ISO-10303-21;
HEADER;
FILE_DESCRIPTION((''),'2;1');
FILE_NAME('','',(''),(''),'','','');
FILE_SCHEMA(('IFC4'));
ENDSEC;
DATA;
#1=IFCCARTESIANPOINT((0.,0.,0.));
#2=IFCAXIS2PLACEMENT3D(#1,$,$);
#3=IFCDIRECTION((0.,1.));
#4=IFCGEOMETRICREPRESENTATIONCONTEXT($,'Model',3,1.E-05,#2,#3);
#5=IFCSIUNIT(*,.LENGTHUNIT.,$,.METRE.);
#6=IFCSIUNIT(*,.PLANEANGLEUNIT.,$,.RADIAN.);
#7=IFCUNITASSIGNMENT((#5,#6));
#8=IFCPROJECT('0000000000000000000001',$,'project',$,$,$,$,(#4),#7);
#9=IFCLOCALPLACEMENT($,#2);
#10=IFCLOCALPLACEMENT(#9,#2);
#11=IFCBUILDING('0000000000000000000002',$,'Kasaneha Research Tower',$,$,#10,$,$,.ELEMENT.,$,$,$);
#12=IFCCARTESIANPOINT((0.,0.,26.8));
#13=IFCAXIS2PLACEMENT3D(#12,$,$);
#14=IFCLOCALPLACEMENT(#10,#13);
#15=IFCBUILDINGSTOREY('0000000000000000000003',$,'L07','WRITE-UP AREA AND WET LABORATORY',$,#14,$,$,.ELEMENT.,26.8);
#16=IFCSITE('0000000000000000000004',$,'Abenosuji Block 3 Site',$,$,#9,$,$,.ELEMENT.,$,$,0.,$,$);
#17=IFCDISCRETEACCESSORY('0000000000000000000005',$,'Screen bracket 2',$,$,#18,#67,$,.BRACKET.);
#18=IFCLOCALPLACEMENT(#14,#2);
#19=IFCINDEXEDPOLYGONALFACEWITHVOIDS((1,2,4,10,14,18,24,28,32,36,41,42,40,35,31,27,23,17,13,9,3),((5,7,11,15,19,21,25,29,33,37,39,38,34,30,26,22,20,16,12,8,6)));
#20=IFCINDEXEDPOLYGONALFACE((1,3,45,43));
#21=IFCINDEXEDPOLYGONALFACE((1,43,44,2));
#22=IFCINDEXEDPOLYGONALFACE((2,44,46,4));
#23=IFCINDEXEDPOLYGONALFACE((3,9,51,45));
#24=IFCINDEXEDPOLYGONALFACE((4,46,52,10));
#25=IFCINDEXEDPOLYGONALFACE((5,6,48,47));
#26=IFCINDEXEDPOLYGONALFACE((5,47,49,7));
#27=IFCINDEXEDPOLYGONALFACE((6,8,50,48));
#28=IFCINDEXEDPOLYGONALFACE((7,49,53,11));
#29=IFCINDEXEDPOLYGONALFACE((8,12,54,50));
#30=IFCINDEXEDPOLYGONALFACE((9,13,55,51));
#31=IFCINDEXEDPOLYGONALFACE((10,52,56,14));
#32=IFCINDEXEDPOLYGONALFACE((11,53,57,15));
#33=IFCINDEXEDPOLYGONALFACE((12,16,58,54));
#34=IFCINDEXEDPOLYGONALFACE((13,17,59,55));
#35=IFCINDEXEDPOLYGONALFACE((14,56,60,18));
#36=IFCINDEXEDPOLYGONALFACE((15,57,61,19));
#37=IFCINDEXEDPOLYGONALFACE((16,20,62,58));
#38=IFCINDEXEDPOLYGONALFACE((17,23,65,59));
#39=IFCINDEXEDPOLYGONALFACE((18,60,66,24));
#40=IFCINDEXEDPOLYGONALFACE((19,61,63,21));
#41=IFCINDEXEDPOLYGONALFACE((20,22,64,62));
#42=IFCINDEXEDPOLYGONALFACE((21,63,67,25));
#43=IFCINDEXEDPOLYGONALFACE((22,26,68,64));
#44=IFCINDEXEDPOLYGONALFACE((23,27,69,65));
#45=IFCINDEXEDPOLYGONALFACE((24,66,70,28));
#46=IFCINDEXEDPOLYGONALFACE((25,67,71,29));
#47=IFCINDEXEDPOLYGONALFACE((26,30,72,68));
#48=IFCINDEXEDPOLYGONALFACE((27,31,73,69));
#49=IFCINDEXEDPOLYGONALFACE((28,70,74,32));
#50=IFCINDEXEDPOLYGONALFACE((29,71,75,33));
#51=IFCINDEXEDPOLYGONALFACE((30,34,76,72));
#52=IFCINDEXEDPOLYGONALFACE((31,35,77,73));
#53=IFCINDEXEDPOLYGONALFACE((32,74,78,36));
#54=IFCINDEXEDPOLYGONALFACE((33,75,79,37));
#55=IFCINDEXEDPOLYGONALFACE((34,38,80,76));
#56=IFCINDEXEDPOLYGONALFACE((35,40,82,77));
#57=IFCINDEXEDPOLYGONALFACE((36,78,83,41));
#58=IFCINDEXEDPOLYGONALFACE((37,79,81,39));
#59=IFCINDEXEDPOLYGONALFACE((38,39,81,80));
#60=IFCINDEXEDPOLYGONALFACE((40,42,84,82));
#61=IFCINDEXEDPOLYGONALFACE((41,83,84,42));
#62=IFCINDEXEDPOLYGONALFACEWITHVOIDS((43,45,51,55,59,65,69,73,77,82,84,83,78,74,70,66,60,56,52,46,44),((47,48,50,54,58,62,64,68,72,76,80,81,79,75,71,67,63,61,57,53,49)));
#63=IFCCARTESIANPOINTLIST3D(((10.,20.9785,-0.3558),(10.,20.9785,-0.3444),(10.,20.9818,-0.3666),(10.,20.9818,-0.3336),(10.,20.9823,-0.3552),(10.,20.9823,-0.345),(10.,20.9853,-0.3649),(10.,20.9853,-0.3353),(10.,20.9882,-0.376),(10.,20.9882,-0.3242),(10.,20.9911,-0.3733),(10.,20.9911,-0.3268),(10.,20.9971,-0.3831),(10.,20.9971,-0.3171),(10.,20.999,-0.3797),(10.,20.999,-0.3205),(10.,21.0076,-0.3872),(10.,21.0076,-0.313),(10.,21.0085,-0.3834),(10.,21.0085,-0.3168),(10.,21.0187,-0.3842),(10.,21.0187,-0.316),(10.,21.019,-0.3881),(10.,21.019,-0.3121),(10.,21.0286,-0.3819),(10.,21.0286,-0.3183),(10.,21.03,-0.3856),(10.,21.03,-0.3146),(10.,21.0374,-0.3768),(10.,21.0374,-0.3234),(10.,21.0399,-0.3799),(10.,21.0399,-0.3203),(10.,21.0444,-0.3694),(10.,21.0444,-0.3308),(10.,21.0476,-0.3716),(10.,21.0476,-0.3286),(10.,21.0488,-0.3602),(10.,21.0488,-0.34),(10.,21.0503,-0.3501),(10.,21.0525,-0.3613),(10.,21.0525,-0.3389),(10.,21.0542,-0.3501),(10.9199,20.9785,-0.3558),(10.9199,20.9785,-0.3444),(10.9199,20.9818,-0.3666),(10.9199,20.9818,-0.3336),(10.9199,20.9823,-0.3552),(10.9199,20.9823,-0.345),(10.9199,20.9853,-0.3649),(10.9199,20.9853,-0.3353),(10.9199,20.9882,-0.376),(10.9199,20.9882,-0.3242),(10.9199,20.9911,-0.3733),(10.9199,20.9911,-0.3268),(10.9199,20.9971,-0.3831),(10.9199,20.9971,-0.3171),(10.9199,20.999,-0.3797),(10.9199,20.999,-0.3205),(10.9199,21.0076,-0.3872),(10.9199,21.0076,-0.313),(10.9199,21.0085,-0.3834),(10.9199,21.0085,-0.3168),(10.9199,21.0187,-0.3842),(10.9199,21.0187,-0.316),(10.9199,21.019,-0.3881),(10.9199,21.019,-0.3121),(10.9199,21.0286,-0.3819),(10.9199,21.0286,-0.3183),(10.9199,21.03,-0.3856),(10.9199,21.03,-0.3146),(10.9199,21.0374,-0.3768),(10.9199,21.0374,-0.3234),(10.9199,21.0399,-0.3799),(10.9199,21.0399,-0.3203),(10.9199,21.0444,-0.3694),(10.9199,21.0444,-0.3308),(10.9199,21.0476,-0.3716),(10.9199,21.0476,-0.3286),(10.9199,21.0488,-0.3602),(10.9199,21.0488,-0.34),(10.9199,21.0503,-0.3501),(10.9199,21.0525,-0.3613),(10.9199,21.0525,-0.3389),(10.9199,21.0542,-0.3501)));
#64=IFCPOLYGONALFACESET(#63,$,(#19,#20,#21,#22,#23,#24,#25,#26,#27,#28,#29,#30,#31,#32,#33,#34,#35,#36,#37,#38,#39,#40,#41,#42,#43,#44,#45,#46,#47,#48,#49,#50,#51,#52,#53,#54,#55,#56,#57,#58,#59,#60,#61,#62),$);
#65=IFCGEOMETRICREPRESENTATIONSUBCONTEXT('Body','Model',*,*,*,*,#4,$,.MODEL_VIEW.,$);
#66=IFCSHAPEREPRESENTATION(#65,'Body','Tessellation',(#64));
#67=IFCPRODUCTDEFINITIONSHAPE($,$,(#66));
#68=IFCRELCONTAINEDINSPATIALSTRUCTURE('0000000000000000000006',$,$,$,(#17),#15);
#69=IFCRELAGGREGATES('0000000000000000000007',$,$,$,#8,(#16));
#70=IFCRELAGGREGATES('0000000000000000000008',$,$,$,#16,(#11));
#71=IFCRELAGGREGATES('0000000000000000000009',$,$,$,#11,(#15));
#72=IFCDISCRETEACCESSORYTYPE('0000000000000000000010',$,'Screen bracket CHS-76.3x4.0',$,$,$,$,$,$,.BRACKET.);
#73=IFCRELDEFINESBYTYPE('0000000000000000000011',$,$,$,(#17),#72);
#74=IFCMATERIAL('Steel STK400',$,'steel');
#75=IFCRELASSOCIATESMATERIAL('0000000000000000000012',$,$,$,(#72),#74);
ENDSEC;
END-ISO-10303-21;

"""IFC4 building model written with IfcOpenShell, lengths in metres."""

from ifc_helpers import new_model, si_unit, direction, frame, origin, origin_2d, place, context, subcontext, project, spatial, hollow_circle, extrude, material, material_profile, profile_set, type_object, element, save


model = new_model("IFC4")

# Units and contexts
model_context = context("Model", 3, precision=1e-05, world=origin(), true_north=direction((0.0, 1.0)))
body_context = subcontext(model_context, "Body", "Model", "MODEL_VIEW")
ifc_project = project(units=[si_unit("LENGTHUNIT", "METRE"), si_unit("PLANEANGLEUNIT", "RADIAN")], contexts=[model_context])

# Site, building, storey
site_placement = place(None, origin())
site = spatial("IfcSite", under=ifc_project, at=site_placement, Name="Abenosuji Block 3 Site", CompositionType="ELEMENT", RefElevation=0.0)
building_placement = place(site_placement, origin())
building = spatial("IfcBuilding", under=site, at=building_placement, Name="Kasaneha Research Tower", CompositionType="ELEMENT")
storey_placement = place(building_placement, frame((0.0, 0.0, 26.8)))
storey = spatial("IfcBuildingStorey", under=building, at=storey_placement, Name="L07", Description="WRITE-UP AREA AND WET LABORATORY", CompositionType="ELEMENT", Elevation=26.8)

# Discrete accessory
ifc_material_1 = material(Name="Steel STK400", Category="steel")
ifc_material_profile_1 = material_profile(ifc_material_1, hollow_circle(Radius=0.0381, WallThickness=0.0039, at=origin_2d()), Name="CHS-76.3x4.0")
ifc_profile_set_1 = profile_set([ifc_material_profile_1], Name="Steel STK400")
discrete_accessory_type = type_object("IfcDiscreteAccessoryType", Name="Screen bracket CHS-76.3x4.0", PredefinedType="BRACKET", material=ifc_profile_set_1)
discrete_accessory_1_placement = place(storey_placement, frame((10.0, 21.0161, -0.3501), z_axis=(1.0, 0.0, 0.0), x_axis=(0.0, 1.0, 0.0)))
element("IfcDiscreteAccessory", 1, at=discrete_accessory_1_placement, inside=storey, type_object=discrete_accessory_type, Name="Screen bracket 2", PredefinedType="BRACKET", context=body_context, shape_type="SweptSolid", body=[
    extrude(hollow_circle(Radius=0.0381, WallThickness=0.0039, at=origin_2d()), origin(), (0.0, 0.0, 1.0), 0.9199),
])

save(model, "model.ifc")
